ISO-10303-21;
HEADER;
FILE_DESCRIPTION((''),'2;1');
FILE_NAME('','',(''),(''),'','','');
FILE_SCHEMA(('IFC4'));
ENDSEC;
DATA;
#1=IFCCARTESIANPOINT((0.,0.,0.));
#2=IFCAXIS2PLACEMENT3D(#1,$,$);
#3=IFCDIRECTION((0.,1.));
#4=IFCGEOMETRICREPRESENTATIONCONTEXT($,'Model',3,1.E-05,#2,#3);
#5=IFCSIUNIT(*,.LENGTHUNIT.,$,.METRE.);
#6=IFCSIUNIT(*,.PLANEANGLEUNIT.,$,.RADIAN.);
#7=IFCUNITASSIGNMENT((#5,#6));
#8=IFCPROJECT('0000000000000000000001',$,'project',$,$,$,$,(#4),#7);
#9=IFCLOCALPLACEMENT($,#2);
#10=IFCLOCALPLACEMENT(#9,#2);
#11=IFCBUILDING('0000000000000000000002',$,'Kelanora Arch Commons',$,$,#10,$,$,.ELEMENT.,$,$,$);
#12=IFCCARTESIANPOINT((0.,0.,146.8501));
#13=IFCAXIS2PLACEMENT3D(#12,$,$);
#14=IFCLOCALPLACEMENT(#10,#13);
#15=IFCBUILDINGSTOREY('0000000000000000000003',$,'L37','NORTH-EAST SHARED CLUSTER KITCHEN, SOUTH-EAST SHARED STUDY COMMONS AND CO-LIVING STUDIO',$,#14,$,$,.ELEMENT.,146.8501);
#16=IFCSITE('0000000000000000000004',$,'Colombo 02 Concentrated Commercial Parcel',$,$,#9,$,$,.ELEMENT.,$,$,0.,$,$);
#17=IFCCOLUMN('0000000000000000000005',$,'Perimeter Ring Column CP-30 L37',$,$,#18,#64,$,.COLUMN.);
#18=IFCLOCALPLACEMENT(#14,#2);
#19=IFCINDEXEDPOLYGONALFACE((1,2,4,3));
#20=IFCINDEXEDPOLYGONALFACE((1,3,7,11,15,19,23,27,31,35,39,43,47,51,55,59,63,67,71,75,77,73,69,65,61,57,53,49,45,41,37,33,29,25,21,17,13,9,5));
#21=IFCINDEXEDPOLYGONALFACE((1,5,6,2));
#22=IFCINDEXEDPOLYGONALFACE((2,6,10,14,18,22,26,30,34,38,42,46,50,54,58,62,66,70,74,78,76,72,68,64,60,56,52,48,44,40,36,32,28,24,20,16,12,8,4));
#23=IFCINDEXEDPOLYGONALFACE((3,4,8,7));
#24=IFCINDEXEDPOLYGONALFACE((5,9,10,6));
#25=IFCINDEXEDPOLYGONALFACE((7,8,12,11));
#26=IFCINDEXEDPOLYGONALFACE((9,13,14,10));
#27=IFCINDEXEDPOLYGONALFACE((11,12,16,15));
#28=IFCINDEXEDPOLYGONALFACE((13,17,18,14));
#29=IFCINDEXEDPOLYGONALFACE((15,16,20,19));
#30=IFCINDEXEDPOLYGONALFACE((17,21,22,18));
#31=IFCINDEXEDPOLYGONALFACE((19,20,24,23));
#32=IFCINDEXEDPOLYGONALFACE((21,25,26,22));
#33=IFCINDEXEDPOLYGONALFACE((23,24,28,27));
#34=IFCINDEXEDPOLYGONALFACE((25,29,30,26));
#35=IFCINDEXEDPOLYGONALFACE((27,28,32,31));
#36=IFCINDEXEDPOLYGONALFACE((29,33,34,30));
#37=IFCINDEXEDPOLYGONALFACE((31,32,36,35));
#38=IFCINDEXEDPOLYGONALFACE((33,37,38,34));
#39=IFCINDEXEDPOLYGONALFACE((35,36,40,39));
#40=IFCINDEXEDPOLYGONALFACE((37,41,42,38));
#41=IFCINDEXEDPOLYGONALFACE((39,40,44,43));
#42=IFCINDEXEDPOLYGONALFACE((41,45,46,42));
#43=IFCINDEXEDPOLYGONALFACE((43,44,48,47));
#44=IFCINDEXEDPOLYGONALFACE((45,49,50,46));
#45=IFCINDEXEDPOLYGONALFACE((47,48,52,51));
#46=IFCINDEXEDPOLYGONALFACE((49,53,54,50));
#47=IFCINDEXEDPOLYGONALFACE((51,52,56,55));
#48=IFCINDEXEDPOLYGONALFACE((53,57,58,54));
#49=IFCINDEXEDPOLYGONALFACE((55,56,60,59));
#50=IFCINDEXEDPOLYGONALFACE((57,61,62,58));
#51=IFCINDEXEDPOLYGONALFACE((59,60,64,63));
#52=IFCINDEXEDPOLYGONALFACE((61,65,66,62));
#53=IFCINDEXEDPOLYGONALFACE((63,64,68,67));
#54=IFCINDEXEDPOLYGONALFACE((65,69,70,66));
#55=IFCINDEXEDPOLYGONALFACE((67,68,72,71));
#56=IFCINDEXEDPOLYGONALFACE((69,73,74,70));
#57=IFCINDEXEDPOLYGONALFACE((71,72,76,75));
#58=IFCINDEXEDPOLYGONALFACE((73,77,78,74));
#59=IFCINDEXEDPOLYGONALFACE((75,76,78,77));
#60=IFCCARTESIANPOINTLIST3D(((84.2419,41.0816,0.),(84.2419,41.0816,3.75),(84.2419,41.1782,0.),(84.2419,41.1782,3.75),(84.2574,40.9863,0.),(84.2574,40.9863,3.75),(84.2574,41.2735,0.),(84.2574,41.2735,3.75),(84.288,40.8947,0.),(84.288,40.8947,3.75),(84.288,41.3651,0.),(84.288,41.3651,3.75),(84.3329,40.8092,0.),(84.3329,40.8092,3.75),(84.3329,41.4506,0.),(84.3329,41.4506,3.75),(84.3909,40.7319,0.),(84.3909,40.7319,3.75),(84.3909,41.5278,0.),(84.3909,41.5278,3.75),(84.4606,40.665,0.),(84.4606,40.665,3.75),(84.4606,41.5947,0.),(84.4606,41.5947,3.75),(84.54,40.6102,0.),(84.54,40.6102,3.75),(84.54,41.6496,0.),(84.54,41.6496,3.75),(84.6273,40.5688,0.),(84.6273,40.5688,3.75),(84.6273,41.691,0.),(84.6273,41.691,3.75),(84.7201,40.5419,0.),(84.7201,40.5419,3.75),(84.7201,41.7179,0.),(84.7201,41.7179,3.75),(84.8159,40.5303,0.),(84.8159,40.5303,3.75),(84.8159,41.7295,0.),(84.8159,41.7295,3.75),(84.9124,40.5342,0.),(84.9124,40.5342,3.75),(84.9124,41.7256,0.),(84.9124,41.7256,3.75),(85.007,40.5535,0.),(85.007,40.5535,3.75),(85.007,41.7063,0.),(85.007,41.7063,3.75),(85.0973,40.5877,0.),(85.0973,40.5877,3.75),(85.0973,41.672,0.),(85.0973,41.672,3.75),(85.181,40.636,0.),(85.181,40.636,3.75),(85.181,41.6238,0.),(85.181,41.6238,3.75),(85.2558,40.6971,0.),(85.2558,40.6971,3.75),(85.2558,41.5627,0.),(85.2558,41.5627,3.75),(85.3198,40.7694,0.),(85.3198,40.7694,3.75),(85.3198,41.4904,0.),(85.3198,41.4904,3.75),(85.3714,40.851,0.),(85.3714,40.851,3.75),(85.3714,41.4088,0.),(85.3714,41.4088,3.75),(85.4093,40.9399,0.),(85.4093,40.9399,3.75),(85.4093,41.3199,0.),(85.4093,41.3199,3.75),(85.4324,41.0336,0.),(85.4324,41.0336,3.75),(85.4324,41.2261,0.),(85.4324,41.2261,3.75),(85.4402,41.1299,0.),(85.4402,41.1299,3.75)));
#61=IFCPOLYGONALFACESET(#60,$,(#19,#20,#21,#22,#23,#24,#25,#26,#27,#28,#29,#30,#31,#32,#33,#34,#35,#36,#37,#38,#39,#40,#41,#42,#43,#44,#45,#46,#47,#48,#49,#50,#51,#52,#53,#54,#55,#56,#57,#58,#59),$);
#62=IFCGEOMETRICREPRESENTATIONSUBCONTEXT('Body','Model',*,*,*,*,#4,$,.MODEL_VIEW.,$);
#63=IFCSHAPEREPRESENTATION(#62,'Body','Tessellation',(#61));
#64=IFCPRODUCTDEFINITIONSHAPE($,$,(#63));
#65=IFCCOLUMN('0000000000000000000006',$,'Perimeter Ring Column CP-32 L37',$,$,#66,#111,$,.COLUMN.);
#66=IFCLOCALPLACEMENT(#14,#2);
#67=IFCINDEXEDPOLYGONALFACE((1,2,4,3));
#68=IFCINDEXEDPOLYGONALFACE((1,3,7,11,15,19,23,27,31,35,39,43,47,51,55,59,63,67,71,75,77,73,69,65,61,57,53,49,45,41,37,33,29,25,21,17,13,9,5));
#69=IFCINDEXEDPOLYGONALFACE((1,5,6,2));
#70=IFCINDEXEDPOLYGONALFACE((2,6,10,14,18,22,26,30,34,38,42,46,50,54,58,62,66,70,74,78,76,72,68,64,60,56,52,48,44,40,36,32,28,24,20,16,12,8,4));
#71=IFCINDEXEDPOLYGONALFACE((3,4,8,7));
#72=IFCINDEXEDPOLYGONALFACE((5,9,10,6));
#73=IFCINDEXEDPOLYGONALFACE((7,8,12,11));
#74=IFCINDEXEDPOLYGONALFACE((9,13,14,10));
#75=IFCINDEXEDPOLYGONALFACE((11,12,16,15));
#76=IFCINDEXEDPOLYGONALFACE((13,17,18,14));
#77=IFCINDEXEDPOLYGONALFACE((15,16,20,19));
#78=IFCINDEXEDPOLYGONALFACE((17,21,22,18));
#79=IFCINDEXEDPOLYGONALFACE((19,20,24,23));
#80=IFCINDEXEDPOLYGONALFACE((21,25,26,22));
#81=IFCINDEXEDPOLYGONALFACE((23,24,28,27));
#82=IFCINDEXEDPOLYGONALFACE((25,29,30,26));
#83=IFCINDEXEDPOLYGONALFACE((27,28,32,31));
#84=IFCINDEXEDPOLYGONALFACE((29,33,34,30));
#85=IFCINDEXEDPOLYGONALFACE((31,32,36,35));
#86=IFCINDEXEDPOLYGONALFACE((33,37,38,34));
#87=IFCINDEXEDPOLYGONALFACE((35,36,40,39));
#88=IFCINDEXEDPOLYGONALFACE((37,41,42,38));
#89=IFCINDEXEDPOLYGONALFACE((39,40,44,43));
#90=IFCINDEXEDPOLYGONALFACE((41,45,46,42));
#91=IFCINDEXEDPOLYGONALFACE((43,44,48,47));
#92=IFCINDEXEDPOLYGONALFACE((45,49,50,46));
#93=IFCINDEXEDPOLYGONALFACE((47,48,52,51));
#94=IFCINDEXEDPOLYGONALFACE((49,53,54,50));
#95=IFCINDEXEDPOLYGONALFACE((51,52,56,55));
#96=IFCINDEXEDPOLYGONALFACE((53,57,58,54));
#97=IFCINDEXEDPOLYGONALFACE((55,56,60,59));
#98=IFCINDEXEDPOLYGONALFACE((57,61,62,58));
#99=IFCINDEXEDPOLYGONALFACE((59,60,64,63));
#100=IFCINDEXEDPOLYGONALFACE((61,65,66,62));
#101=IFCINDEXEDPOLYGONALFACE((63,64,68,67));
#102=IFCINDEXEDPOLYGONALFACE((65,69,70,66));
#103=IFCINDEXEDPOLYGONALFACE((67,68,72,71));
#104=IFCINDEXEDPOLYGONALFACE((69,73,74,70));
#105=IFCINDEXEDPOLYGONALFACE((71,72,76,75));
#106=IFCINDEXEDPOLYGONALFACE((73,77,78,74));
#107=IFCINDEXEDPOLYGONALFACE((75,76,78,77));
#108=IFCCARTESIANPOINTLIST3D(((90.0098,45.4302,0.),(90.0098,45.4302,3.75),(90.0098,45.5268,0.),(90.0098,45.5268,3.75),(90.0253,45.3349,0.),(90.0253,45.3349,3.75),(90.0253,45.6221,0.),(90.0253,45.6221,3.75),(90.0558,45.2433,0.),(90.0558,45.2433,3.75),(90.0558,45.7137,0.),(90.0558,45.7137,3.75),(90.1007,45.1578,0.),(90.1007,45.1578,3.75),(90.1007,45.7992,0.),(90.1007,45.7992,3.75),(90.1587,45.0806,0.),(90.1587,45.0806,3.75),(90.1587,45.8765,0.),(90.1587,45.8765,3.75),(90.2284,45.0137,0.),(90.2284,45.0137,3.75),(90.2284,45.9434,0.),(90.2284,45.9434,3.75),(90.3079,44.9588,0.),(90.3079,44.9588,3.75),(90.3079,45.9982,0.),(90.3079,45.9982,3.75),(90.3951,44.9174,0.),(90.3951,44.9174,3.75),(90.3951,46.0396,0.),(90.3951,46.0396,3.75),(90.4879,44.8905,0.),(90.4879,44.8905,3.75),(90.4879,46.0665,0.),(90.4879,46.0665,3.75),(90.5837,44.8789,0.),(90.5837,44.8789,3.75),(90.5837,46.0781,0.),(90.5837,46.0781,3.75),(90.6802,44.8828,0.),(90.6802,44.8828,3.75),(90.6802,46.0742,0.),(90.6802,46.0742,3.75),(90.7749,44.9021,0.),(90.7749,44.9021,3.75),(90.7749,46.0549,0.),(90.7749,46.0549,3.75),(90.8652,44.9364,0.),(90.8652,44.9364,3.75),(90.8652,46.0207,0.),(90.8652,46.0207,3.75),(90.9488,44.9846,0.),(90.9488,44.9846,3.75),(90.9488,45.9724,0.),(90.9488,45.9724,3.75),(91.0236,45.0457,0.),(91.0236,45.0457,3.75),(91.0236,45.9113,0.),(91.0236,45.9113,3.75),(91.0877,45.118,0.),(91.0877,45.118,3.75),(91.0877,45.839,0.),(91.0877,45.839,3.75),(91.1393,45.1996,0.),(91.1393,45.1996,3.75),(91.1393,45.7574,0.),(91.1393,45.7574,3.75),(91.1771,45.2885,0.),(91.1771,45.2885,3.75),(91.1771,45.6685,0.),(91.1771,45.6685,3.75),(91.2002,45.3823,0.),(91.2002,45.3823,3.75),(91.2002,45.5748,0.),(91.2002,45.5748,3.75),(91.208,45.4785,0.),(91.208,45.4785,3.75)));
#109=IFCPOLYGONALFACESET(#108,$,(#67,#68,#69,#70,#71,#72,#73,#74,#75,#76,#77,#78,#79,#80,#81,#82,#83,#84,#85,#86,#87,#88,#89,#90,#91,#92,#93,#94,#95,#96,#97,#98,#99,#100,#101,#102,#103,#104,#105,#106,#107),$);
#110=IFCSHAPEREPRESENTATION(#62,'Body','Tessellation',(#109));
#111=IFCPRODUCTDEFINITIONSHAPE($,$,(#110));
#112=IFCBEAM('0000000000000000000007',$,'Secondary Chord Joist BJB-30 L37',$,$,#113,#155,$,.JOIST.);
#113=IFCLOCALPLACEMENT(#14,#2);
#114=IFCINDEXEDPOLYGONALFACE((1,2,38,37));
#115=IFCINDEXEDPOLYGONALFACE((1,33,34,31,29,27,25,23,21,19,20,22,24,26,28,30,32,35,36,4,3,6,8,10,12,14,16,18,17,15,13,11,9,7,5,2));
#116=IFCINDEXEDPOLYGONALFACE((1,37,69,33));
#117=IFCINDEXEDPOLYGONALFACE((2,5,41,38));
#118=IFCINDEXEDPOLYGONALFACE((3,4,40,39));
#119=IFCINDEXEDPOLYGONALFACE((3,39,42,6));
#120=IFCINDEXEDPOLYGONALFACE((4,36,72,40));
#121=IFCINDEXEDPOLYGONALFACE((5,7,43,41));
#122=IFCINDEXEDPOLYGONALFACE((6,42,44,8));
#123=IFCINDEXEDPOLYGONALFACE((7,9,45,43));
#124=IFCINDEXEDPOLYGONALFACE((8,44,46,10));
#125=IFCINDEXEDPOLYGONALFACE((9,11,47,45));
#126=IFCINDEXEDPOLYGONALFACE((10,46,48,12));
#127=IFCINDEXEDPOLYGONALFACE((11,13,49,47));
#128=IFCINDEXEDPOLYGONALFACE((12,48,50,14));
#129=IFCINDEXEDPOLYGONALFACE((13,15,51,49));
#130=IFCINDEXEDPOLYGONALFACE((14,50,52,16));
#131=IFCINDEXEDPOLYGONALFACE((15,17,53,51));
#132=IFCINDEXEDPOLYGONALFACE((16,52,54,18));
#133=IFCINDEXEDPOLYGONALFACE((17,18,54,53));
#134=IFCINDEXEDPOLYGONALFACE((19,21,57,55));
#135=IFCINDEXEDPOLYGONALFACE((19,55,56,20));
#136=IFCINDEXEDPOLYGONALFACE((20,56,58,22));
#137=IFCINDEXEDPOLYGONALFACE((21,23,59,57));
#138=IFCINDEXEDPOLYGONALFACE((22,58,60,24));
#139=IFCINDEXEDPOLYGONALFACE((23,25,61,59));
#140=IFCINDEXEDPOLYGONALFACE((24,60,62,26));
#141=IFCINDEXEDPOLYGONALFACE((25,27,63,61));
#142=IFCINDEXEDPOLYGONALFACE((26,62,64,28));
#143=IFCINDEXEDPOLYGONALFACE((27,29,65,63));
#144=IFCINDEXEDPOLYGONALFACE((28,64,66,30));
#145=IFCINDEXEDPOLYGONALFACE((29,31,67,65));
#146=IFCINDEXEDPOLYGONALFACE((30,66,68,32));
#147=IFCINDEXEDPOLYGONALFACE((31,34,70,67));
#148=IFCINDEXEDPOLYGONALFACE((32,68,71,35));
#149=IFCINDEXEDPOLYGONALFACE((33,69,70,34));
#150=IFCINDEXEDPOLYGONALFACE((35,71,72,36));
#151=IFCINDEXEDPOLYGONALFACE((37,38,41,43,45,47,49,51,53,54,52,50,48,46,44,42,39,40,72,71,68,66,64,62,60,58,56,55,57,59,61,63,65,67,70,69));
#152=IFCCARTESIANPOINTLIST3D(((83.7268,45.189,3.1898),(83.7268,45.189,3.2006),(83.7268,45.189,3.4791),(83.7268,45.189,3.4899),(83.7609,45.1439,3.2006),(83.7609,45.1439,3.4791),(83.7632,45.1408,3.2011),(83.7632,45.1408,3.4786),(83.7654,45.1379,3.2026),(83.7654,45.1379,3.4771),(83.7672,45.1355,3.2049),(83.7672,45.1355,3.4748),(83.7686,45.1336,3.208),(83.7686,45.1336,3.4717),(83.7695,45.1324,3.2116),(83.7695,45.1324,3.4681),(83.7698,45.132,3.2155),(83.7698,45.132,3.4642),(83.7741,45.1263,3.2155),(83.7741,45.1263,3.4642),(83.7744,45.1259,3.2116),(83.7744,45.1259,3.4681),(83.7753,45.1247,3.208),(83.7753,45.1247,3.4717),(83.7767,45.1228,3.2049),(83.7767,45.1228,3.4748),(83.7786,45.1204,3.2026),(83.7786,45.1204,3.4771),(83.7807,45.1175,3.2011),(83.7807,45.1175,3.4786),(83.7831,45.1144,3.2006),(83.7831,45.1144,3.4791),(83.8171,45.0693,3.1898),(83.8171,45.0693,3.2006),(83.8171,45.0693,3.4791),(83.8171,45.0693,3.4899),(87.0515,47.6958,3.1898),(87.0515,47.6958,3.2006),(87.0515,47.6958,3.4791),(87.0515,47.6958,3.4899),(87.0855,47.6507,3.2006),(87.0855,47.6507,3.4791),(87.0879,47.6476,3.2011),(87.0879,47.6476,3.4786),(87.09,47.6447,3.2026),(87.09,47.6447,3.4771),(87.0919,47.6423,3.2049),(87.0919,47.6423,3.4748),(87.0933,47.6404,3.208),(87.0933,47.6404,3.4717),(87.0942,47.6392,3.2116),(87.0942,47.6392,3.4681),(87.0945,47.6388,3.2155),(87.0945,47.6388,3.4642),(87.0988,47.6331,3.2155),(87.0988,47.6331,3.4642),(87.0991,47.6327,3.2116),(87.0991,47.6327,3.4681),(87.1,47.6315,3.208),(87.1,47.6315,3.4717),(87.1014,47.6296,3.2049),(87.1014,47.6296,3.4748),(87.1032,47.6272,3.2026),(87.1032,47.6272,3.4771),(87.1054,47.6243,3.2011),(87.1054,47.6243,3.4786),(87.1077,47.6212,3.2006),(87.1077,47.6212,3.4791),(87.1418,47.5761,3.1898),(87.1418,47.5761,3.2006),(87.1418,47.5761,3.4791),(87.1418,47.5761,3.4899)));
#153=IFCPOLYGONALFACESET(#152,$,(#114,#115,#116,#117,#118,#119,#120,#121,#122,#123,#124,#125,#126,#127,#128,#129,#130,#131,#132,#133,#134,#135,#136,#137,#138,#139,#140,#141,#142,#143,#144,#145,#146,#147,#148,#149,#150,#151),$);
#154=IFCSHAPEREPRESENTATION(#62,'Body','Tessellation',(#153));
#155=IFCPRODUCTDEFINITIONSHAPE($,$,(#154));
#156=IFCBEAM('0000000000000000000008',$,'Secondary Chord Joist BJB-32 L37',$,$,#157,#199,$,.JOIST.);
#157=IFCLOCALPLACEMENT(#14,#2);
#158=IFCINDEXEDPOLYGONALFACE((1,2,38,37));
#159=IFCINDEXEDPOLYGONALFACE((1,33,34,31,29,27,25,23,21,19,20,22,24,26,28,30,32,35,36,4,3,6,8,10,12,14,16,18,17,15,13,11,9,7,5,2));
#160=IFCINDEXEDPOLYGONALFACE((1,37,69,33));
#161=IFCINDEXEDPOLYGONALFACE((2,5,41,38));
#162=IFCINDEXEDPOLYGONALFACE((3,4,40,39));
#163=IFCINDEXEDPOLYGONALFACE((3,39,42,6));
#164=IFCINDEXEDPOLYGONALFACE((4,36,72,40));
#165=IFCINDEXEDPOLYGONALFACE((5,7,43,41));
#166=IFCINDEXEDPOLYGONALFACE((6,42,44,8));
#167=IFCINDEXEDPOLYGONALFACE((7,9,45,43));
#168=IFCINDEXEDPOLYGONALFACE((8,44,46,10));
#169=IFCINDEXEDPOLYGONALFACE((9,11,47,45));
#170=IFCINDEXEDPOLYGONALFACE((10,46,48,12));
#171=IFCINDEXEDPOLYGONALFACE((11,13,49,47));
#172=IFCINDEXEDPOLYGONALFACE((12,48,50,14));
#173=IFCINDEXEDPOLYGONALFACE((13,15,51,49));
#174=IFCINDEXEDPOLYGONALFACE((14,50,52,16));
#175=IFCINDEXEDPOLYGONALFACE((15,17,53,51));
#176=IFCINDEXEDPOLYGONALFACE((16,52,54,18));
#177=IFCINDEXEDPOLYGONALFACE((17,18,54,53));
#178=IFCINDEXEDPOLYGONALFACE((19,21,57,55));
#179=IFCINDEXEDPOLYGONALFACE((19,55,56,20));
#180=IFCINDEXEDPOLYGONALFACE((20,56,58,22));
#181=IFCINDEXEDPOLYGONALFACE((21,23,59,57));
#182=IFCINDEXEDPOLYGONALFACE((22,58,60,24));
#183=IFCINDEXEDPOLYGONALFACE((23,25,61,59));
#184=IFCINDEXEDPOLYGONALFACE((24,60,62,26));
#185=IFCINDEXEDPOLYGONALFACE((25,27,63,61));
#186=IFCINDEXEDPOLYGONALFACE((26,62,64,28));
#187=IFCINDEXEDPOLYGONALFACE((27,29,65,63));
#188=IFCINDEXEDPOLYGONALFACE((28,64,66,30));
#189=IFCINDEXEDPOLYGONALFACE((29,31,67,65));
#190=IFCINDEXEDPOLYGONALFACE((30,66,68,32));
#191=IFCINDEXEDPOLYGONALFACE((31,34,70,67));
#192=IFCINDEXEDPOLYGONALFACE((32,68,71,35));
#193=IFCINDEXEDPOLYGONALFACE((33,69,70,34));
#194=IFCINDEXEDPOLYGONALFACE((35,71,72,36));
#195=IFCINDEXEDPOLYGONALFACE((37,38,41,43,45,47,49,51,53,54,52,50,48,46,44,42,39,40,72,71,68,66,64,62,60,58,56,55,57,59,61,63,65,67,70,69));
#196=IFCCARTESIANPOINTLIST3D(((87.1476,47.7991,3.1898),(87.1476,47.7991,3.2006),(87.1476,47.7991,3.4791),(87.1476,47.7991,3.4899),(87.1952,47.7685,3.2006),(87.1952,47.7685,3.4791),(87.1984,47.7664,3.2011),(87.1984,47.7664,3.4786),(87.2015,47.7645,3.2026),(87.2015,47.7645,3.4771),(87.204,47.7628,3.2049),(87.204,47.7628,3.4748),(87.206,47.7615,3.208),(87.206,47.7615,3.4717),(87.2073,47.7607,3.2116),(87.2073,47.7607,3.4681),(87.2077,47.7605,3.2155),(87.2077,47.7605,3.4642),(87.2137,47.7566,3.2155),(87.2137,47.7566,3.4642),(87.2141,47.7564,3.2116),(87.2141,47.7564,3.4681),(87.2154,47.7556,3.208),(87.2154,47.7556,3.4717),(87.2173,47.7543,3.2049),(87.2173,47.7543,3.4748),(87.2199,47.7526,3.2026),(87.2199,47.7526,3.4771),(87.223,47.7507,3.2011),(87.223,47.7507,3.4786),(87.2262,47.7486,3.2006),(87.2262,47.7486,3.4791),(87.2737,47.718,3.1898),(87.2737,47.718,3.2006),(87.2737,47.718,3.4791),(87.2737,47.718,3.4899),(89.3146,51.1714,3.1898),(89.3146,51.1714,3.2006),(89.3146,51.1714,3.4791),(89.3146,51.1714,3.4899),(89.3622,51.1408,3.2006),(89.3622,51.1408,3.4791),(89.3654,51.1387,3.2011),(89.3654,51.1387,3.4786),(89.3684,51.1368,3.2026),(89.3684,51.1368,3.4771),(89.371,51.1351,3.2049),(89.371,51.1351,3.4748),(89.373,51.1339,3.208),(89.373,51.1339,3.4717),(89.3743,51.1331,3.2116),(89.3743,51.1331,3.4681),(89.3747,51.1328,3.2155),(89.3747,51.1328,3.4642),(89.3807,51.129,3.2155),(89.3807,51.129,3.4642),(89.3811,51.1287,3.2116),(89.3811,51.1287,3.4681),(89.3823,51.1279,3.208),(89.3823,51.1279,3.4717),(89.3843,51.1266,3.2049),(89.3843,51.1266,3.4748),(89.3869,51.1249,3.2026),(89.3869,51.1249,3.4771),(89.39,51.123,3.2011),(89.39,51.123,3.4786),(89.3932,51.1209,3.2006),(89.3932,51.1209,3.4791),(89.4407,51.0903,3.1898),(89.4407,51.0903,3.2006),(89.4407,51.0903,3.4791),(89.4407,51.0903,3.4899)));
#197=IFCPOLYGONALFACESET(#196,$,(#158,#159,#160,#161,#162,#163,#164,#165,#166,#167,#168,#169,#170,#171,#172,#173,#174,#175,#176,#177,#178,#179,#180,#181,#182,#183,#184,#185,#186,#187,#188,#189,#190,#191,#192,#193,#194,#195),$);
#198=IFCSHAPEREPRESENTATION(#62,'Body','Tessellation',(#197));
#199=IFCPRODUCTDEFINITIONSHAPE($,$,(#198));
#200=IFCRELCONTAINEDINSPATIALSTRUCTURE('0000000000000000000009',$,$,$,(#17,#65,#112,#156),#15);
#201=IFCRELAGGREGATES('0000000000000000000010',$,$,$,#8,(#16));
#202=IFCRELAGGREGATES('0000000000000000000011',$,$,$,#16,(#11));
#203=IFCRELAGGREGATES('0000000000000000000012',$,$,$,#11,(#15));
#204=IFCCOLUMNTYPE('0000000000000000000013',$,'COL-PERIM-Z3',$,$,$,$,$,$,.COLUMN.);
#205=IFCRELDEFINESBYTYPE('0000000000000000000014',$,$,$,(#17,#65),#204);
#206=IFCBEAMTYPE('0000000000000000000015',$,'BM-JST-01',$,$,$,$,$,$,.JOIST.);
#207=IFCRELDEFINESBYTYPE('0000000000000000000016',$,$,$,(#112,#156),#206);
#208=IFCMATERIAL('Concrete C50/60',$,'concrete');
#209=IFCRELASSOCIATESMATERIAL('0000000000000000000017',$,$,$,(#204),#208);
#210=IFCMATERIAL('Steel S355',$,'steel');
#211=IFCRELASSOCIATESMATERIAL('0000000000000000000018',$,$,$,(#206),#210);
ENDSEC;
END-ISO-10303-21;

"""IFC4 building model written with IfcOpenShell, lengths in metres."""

from ifc_helpers import new_model, si_unit, direction, frame, origin, origin_2d, place, context, subcontext, project, spatial, circle, i_section, extrude, material, material_profile, profile_set, type_object, element, save


model = new_model("IFC4")

# Units and contexts
model_context = context("Model", 3, precision=1e-05, world=origin(), true_north=direction((0.0, 1.0)))
body_context = subcontext(model_context, "Body", "Model", "MODEL_VIEW")
ifc_project = project(units=[si_unit("LENGTHUNIT", "METRE"), si_unit("PLANEANGLEUNIT", "RADIAN")], contexts=[model_context])

# Site, building, storey
site_placement = place(None, origin())
site = spatial("IfcSite", under=ifc_project, at=site_placement, Name="Colombo 02 Concentrated Commercial Parcel", CompositionType="ELEMENT", RefElevation=0.0)
building_placement = place(site_placement, origin())
building = spatial("IfcBuilding", under=site, at=building_placement, Name="Kelanora Arch Commons", CompositionType="ELEMENT")
storey_placement = place(building_placement, frame((0.0, 0.0, 146.8501)))
storey = spatial("IfcBuildingStorey", under=building, at=storey_placement, Name="L37", Description="NORTH-EAST SHARED CLUSTER KITCHEN, SOUTH-EAST SHARED STUDY COMMONS AND CO-LIVING STUDIO", CompositionType="ELEMENT", Elevation=146.8501)

# Columns
ifc_material_1 = material(Name="Concrete C50/60", Category="concrete")
ifc_material_profile_1 = material_profile(ifc_material_1, circle(Radius=0.6001, at=origin_2d()), Name="RCC1200")
ifc_profile_set_1 = profile_set([ifc_material_profile_1], Name="Concrete C50/60")
column_type = type_object("IfcColumnType", Name="COL-PERIM-Z3", PredefinedType="COLUMN", material=ifc_profile_set_1)
for number, where, z_axis, x_axis, name in (
    (1, (84.8401, 41.1299, 0.0), (0.0, 0.0, 1.0), (1.0, 0.0, 0.0), "Perimeter Ring Column CP-30 L37"),
    (2, (90.6079, 45.4785, 0.0), (0.0, 0.0, 1.0), (1.0, 0.0, 0.0), "Perimeter Ring Column CP-32 L37"),
):
    element("IfcColumn", number, at=place(storey_placement, frame(where, z_axis=z_axis, x_axis=x_axis)), inside=storey, type_object=column_type, Name=name, PredefinedType="COLUMN", context=body_context, shape_type="SweptSolid", body=[
        extrude(circle(Radius=0.6001, at=origin_2d()), origin(), (0.0, 0.0, 1.0), 3.75),
    ])

# Beams
ifc_material_2 = material(Name="Steel S355", Category="steel")
ifc_material_profile_2 = material_profile(ifc_material_2, i_section(OverallWidth=0.1499, OverallDepth=0.3, WebThickness=0.0071, FlangeThickness=0.0107, FilletRadius=0.0149, at=origin_2d()), Name="IPE300")
ifc_profile_set_2 = profile_set([ifc_material_profile_2], Name="Steel S355")
beam_type_1 = type_object("IfcBeamType", Name="BM-JST-01", PredefinedType="JOIST", material=ifc_profile_set_2)
beam_1_placement = place(storey_placement, frame((83.772, 45.1292, 3.3398), z_axis=(0.798464, 0.602043, 0.0), x_axis=(-0.602043, 0.798464, 0.0)))
element("IfcBeam", 3, at=beam_1_placement, inside=storey, type_object=beam_type_1, Name="Secondary Chord Joist BJB-30 L37", PredefinedType="JOIST", context=body_context, shape_type="SweptSolid", body=[
    extrude(i_section(OverallWidth=0.1499, OverallDepth=0.3, WebThickness=0.0071, FlangeThickness=0.0107, FilletRadius=0.0149, at=origin_2d()), origin(), (0.0, 0.0, 1.0), 4.1638),
])
beam_2_placement = place(storey_placement, frame((87.2107, 47.7585, 3.3398), z_axis=(0.540594, 0.841283, 0.0), x_axis=(-0.841283, 0.540594, 0.0)))
element("IfcBeam", 4, at=beam_2_placement, inside=storey, type_object=beam_type_1, Name="Secondary Chord Joist BJB-32 L37", PredefinedType="JOIST", context=body_context, shape_type="SweptSolid", body=[
    extrude(i_section(OverallWidth=0.1499, OverallDepth=0.3, WebThickness=0.0071, FlangeThickness=0.0107, FilletRadius=0.0149, at=origin_2d()), origin(), (0.0, 0.0, 1.0), 4.0085),
])

save(model, "model.ifc")
